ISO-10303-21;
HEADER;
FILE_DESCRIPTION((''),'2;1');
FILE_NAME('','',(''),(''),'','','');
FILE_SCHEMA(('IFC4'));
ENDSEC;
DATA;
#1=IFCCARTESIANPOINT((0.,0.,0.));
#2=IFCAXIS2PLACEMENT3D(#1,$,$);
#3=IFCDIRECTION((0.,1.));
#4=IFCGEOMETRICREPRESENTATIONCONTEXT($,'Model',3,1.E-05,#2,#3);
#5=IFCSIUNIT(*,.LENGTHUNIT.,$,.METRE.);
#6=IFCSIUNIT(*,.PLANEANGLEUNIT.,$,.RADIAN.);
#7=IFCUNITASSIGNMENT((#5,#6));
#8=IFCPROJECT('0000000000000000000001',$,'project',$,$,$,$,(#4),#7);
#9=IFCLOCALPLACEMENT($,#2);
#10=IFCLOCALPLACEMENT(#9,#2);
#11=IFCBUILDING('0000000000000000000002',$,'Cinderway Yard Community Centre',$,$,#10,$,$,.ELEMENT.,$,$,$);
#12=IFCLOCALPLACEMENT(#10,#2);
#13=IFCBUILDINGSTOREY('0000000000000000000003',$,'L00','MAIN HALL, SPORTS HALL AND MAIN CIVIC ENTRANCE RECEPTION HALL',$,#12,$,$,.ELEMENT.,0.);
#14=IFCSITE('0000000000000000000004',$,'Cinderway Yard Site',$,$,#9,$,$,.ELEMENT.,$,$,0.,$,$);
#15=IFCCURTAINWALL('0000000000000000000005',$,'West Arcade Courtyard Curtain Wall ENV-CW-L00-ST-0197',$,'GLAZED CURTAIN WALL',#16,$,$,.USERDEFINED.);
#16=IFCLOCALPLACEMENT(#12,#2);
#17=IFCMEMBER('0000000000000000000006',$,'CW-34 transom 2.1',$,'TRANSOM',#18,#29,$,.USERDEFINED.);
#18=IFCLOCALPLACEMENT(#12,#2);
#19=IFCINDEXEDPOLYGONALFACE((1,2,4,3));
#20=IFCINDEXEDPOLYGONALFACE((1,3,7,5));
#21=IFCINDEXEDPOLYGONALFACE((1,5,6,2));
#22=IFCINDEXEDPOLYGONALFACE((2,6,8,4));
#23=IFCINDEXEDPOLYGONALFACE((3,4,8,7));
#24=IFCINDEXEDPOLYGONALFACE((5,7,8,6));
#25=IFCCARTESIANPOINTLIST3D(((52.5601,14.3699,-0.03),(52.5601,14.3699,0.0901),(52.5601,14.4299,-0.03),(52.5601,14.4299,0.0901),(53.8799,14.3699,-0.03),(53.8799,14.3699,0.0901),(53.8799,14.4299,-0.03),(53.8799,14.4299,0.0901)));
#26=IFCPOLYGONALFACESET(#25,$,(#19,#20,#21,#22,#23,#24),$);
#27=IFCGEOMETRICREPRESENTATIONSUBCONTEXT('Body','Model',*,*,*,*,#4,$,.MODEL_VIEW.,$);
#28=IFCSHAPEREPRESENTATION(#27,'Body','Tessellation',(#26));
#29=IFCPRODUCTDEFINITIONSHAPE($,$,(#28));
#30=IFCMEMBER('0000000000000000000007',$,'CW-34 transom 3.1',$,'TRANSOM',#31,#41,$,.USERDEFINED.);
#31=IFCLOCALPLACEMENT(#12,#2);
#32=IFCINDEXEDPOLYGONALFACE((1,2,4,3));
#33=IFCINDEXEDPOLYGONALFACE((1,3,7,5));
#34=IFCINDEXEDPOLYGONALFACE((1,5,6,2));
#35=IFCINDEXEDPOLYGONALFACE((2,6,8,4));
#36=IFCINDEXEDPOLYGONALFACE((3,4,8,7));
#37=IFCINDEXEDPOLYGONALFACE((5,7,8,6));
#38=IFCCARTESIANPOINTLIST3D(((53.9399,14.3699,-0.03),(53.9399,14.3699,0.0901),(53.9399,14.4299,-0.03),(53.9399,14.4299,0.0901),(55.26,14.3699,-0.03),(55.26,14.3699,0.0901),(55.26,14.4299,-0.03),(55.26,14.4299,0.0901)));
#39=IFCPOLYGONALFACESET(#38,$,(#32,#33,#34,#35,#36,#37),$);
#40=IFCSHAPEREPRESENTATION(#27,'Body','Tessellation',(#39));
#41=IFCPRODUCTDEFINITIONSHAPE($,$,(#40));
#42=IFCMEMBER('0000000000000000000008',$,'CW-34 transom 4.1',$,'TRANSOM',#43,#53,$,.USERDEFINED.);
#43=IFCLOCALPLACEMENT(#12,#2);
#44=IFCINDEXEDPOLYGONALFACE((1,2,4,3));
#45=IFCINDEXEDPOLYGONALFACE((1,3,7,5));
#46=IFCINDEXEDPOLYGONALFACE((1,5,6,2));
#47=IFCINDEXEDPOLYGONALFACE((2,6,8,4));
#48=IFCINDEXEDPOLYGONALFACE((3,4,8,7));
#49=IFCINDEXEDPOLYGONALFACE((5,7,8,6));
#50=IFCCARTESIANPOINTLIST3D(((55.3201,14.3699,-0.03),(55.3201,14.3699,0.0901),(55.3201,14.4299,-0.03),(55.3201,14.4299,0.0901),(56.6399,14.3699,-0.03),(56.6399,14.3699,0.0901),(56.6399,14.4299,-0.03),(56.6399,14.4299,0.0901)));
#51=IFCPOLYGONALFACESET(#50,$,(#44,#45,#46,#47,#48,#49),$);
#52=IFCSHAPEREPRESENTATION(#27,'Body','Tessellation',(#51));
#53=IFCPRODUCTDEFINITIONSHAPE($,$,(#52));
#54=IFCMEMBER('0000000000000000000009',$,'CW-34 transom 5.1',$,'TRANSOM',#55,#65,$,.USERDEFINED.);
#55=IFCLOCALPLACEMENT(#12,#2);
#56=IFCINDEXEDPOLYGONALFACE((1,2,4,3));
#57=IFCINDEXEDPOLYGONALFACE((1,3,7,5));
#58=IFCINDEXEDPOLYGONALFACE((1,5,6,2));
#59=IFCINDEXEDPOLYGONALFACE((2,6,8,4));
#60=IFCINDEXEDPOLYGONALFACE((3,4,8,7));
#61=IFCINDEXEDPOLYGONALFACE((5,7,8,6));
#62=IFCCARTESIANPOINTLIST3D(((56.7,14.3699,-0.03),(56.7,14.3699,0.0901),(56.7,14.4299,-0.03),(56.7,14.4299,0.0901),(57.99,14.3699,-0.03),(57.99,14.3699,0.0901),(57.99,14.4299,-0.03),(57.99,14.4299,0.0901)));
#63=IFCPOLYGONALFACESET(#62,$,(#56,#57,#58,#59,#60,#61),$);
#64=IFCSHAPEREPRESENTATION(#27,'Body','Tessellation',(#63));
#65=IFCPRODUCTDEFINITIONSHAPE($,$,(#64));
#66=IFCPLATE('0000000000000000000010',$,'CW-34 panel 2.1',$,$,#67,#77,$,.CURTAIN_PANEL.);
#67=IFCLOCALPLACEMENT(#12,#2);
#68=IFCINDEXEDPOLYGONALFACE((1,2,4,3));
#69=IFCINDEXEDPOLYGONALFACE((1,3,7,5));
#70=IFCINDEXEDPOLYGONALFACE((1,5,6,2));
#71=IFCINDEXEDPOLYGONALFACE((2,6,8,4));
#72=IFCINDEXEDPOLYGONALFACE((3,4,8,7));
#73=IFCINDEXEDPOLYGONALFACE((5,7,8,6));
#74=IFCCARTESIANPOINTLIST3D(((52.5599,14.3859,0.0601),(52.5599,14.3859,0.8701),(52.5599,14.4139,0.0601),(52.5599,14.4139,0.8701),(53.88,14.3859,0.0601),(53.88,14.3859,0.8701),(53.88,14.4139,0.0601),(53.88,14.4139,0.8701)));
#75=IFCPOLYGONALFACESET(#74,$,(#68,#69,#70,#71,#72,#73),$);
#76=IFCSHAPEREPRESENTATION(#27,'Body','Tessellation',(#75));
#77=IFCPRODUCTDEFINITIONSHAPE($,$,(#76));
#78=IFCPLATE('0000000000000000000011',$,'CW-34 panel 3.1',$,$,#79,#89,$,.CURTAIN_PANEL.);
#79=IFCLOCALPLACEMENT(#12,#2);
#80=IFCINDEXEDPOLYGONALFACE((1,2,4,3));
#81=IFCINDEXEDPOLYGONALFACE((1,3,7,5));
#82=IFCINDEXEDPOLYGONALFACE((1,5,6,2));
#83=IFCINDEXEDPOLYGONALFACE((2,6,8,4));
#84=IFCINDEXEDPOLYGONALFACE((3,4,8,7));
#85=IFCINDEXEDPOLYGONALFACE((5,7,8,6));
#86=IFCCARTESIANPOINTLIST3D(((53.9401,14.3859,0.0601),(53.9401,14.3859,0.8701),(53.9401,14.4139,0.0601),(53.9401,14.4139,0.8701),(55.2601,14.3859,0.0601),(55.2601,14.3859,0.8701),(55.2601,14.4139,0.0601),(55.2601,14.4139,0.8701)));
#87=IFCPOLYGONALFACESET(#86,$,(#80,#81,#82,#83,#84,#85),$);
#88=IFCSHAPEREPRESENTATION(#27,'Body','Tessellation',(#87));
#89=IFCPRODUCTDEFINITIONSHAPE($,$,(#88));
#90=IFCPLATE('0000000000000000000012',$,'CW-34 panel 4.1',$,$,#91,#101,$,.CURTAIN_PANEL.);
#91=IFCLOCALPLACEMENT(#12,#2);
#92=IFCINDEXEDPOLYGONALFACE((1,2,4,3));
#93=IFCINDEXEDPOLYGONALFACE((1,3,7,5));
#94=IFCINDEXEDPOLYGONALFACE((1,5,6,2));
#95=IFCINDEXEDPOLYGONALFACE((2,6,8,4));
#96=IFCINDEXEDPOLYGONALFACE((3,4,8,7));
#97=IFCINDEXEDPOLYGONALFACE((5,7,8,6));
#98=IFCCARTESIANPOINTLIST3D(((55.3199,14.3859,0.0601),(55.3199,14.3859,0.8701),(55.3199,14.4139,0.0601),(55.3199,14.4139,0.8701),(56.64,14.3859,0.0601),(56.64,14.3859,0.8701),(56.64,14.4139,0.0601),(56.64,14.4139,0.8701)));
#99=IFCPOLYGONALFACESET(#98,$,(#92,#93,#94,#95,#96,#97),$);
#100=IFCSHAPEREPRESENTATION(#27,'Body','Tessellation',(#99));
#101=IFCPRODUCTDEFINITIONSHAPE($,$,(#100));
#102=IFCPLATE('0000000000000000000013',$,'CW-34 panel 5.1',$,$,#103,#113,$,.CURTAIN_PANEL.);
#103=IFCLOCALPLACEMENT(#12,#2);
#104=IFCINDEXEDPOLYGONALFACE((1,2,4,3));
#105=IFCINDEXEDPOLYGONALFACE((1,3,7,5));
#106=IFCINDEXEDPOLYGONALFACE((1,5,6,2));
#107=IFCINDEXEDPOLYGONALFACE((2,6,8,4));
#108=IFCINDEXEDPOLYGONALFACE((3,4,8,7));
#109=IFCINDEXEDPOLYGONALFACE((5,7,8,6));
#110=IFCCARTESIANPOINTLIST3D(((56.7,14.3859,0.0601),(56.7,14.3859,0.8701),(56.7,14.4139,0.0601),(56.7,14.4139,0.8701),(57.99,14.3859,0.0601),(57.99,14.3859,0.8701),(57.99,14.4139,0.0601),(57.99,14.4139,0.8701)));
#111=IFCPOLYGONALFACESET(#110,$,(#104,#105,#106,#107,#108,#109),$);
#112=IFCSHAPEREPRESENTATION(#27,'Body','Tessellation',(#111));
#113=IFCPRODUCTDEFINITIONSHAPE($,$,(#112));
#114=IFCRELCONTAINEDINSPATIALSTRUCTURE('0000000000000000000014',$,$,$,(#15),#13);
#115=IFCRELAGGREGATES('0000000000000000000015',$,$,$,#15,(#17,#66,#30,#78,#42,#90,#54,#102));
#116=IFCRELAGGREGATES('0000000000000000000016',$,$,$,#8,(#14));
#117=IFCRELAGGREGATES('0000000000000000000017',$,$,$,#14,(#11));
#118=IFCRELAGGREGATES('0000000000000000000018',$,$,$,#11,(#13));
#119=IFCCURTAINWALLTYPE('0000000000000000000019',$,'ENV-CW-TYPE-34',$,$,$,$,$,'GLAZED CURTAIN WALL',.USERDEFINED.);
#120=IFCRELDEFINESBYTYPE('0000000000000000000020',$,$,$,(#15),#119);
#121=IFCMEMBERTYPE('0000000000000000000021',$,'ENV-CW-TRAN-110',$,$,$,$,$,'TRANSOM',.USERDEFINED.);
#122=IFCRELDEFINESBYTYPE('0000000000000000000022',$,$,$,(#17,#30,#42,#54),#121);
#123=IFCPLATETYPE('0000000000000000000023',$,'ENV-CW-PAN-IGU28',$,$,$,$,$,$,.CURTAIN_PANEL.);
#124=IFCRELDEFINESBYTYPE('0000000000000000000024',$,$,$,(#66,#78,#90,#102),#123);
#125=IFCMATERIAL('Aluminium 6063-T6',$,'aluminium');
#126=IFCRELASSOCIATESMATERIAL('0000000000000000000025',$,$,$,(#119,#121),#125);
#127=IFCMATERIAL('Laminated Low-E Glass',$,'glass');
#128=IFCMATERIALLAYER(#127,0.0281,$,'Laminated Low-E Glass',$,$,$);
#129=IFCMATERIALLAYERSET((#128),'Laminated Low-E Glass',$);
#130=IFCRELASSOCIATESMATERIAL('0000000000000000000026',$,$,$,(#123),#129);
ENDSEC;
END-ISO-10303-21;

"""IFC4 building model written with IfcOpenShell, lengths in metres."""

from ifc_helpers import new_model, si_unit, direction, frame, origin, origin_2d, place, context, subcontext, project, spatial, rectangle, extrude, material, layer, layer_set, material_profile, profile_set, type_object, element, aggregate, save


model = new_model("IFC4")

# Units and contexts
model_context = context("Model", 3, precision=1e-05, world=origin(), true_north=direction((0.0, 1.0)))
body_context = subcontext(model_context, "Body", "Model", "MODEL_VIEW")
ifc_project = project(units=[si_unit("LENGTHUNIT", "METRE"), si_unit("PLANEANGLEUNIT", "RADIAN")], contexts=[model_context])

# Site, building, storey
site_placement = place(None, origin())
site = spatial("IfcSite", under=ifc_project, at=site_placement, Name="Cinderway Yard Site", CompositionType="ELEMENT", RefElevation=0.0)
building_placement = place(site_placement, origin())
building = spatial("IfcBuilding", under=site, at=building_placement, Name="Cinderway Yard Community Centre", CompositionType="ELEMENT")
storey_placement = place(building_placement, origin())
storey = spatial("IfcBuildingStorey", under=building, at=storey_placement, Name="L00", Description="MAIN HALL, SPORTS HALL AND MAIN CIVIC ENTRANCE RECEPTION HALL", CompositionType="ELEMENT", Elevation=0.0)

# Curtain wall, members, plates
ifc_material_1 = material(Name="Aluminium 6063-T6", Category="aluminium")
curtain_wall_type = type_object("IfcCurtainWallType", Name="ENV-CW-TYPE-34", ElementType="GLAZED CURTAIN WALL", PredefinedType="USERDEFINED", material=ifc_material_1)
curtain_wall_placement = place(storey_placement, origin())
curtain_wall = element("IfcCurtainWall", 1, at=curtain_wall_placement, inside=storey, type_object=curtain_wall_type, Name="West Arcade Courtyard Curtain Wall ENV-CW-L00-ST-0197", ObjectType="GLAZED CURTAIN WALL", PredefinedType="USERDEFINED")
ifc_material_profile_1 = material_profile(ifc_material_1, rectangle(XDim=0.0601, YDim=0.1201, at=origin_2d()), Name="Aluminium 6063-T6")
ifc_profile_set_1 = profile_set([ifc_material_profile_1], Name="Aluminium 6063-T6")
member_type_1 = type_object("IfcMemberType", Name="ENV-CW-TRAN-110", ElementType="TRANSOM", PredefinedType="USERDEFINED", material=ifc_profile_set_1)
member_1_placement = place(storey_placement, frame((52.5601, 14.3999, 0.03), z_axis=(1.0, 0.0, 0.0), x_axis=(0.0, 1.0, 0.0)))
member_1 = element("IfcMember", 2, at=member_1_placement, type_object=member_type_1, Name="CW-34 transom 2.1", ObjectType="TRANSOM", PredefinedType="USERDEFINED", context=body_context, shape_type="SweptSolid", body=[
    extrude(rectangle(XDim=0.0601, YDim=0.1201, at=origin_2d()), origin(), (0.0, 0.0, 1.0), 1.3198),
])
member_2_placement = place(storey_placement, frame((53.9399, 14.3999, 0.03), z_axis=(1.0, 0.0, 0.0), x_axis=(0.0, 1.0, 0.0)))
member_2 = element("IfcMember", 3, at=member_2_placement, type_object=member_type_1, Name="CW-34 transom 3.1", ObjectType="TRANSOM", PredefinedType="USERDEFINED", context=body_context, shape_type="SweptSolid", body=[
    extrude(rectangle(XDim=0.0601, YDim=0.1201, at=origin_2d()), origin(), (0.0, 0.0, 1.0), 1.3201),
])
member_3_placement = place(storey_placement, frame((55.3201, 14.3999, 0.03), z_axis=(1.0, 0.0, 0.0), x_axis=(0.0, 1.0, 0.0)))
member_3 = element("IfcMember", 4, at=member_3_placement, type_object=member_type_1, Name="CW-34 transom 4.1", ObjectType="TRANSOM", PredefinedType="USERDEFINED", context=body_context, shape_type="SweptSolid", body=[
    extrude(rectangle(XDim=0.0601, YDim=0.1201, at=origin_2d()), origin(), (0.0, 0.0, 1.0), 1.3198),
])
member_4_placement = place(storey_placement, frame((56.7, 14.3999, 0.03), z_axis=(1.0, 0.0, 0.0), x_axis=(0.0, 1.0, 0.0)))
member_4 = element("IfcMember", 5, at=member_4_placement, type_object=member_type_1, Name="CW-34 transom 5.1", ObjectType="TRANSOM", PredefinedType="USERDEFINED", context=body_context, shape_type="SweptSolid", body=[
    extrude(rectangle(XDim=0.0601, YDim=0.1201, at=origin_2d()), origin(), (0.0, 0.0, 1.0), 1.29),
])
ifc_material_2 = material(Name="Laminated Low-E Glass", Category="glass")
ifc_layer = layer(ifc_material_2, 0.0281, Name="Laminated Low-E Glass")
ifc_layer_set = layer_set([ifc_layer], Name="Laminated Low-E Glass")
plate_type = type_object("IfcPlateType", Name="ENV-CW-PAN-IGU28", PredefinedType="CURTAIN_PANEL", material=ifc_layer_set)
plate_1_placement = place(storey_placement, frame((53.22, 14.3999, 0.0601), z_axis=(0.0, 0.0, 1.0), x_axis=(1.0, 0.0, 0.0)))
plate_1 = element("IfcPlate", 6, at=plate_1_placement, type_object=plate_type, Name="CW-34 panel 2.1", PredefinedType="CURTAIN_PANEL", context=body_context, shape_type="SweptSolid", body=[
    extrude(rectangle(XDim=1.3201, YDim=0.0281, at=origin_2d()), origin(), (0.0, 0.0, 1.0), 0.8101),
])
plate_2_placement = place(storey_placement, frame((54.6001, 14.3999, 0.0601), z_axis=(0.0, 0.0, 1.0), x_axis=(1.0, 0.0, 0.0)))
plate_2 = element("IfcPlate", 7, at=plate_2_placement, type_object=plate_type, Name="CW-34 panel 3.1", PredefinedType="CURTAIN_PANEL", context=body_context, shape_type="SweptSolid", body=[
    extrude(rectangle(XDim=1.3201, YDim=0.0281, at=origin_2d()), origin(), (0.0, 0.0, 1.0), 0.8101),
])
plate_3_placement = place(storey_placement, frame((55.98, 14.3999, 0.0601), z_axis=(0.0, 0.0, 1.0), x_axis=(1.0, 0.0, 0.0)))
plate_3 = element("IfcPlate", 8, at=plate_3_placement, type_object=plate_type, Name="CW-34 panel 4.1", PredefinedType="CURTAIN_PANEL", context=body_context, shape_type="SweptSolid", body=[
    extrude(rectangle(XDim=1.3201, YDim=0.0281, at=origin_2d()), origin(), (0.0, 0.0, 1.0), 0.8101),
])
plate_4_placement = place(storey_placement, frame((57.345, 14.3999, 0.0601), z_axis=(0.0, 0.0, 1.0), x_axis=(1.0, 0.0, 0.0)))
plate_4 = element("IfcPlate", 9, at=plate_4_placement, type_object=plate_type, Name="CW-34 panel 5.1", PredefinedType="CURTAIN_PANEL", context=body_context, shape_type="SweptSolid", body=[
    extrude(rectangle(XDim=1.29, YDim=0.0281, at=origin_2d()), origin(), (0.0, 0.0, 1.0), 0.8101),
])
aggregate(curtain_wall, [member_1, plate_1, member_2, plate_2, member_3, plate_3, member_4, plate_4])

save(model, "model.ifc")
